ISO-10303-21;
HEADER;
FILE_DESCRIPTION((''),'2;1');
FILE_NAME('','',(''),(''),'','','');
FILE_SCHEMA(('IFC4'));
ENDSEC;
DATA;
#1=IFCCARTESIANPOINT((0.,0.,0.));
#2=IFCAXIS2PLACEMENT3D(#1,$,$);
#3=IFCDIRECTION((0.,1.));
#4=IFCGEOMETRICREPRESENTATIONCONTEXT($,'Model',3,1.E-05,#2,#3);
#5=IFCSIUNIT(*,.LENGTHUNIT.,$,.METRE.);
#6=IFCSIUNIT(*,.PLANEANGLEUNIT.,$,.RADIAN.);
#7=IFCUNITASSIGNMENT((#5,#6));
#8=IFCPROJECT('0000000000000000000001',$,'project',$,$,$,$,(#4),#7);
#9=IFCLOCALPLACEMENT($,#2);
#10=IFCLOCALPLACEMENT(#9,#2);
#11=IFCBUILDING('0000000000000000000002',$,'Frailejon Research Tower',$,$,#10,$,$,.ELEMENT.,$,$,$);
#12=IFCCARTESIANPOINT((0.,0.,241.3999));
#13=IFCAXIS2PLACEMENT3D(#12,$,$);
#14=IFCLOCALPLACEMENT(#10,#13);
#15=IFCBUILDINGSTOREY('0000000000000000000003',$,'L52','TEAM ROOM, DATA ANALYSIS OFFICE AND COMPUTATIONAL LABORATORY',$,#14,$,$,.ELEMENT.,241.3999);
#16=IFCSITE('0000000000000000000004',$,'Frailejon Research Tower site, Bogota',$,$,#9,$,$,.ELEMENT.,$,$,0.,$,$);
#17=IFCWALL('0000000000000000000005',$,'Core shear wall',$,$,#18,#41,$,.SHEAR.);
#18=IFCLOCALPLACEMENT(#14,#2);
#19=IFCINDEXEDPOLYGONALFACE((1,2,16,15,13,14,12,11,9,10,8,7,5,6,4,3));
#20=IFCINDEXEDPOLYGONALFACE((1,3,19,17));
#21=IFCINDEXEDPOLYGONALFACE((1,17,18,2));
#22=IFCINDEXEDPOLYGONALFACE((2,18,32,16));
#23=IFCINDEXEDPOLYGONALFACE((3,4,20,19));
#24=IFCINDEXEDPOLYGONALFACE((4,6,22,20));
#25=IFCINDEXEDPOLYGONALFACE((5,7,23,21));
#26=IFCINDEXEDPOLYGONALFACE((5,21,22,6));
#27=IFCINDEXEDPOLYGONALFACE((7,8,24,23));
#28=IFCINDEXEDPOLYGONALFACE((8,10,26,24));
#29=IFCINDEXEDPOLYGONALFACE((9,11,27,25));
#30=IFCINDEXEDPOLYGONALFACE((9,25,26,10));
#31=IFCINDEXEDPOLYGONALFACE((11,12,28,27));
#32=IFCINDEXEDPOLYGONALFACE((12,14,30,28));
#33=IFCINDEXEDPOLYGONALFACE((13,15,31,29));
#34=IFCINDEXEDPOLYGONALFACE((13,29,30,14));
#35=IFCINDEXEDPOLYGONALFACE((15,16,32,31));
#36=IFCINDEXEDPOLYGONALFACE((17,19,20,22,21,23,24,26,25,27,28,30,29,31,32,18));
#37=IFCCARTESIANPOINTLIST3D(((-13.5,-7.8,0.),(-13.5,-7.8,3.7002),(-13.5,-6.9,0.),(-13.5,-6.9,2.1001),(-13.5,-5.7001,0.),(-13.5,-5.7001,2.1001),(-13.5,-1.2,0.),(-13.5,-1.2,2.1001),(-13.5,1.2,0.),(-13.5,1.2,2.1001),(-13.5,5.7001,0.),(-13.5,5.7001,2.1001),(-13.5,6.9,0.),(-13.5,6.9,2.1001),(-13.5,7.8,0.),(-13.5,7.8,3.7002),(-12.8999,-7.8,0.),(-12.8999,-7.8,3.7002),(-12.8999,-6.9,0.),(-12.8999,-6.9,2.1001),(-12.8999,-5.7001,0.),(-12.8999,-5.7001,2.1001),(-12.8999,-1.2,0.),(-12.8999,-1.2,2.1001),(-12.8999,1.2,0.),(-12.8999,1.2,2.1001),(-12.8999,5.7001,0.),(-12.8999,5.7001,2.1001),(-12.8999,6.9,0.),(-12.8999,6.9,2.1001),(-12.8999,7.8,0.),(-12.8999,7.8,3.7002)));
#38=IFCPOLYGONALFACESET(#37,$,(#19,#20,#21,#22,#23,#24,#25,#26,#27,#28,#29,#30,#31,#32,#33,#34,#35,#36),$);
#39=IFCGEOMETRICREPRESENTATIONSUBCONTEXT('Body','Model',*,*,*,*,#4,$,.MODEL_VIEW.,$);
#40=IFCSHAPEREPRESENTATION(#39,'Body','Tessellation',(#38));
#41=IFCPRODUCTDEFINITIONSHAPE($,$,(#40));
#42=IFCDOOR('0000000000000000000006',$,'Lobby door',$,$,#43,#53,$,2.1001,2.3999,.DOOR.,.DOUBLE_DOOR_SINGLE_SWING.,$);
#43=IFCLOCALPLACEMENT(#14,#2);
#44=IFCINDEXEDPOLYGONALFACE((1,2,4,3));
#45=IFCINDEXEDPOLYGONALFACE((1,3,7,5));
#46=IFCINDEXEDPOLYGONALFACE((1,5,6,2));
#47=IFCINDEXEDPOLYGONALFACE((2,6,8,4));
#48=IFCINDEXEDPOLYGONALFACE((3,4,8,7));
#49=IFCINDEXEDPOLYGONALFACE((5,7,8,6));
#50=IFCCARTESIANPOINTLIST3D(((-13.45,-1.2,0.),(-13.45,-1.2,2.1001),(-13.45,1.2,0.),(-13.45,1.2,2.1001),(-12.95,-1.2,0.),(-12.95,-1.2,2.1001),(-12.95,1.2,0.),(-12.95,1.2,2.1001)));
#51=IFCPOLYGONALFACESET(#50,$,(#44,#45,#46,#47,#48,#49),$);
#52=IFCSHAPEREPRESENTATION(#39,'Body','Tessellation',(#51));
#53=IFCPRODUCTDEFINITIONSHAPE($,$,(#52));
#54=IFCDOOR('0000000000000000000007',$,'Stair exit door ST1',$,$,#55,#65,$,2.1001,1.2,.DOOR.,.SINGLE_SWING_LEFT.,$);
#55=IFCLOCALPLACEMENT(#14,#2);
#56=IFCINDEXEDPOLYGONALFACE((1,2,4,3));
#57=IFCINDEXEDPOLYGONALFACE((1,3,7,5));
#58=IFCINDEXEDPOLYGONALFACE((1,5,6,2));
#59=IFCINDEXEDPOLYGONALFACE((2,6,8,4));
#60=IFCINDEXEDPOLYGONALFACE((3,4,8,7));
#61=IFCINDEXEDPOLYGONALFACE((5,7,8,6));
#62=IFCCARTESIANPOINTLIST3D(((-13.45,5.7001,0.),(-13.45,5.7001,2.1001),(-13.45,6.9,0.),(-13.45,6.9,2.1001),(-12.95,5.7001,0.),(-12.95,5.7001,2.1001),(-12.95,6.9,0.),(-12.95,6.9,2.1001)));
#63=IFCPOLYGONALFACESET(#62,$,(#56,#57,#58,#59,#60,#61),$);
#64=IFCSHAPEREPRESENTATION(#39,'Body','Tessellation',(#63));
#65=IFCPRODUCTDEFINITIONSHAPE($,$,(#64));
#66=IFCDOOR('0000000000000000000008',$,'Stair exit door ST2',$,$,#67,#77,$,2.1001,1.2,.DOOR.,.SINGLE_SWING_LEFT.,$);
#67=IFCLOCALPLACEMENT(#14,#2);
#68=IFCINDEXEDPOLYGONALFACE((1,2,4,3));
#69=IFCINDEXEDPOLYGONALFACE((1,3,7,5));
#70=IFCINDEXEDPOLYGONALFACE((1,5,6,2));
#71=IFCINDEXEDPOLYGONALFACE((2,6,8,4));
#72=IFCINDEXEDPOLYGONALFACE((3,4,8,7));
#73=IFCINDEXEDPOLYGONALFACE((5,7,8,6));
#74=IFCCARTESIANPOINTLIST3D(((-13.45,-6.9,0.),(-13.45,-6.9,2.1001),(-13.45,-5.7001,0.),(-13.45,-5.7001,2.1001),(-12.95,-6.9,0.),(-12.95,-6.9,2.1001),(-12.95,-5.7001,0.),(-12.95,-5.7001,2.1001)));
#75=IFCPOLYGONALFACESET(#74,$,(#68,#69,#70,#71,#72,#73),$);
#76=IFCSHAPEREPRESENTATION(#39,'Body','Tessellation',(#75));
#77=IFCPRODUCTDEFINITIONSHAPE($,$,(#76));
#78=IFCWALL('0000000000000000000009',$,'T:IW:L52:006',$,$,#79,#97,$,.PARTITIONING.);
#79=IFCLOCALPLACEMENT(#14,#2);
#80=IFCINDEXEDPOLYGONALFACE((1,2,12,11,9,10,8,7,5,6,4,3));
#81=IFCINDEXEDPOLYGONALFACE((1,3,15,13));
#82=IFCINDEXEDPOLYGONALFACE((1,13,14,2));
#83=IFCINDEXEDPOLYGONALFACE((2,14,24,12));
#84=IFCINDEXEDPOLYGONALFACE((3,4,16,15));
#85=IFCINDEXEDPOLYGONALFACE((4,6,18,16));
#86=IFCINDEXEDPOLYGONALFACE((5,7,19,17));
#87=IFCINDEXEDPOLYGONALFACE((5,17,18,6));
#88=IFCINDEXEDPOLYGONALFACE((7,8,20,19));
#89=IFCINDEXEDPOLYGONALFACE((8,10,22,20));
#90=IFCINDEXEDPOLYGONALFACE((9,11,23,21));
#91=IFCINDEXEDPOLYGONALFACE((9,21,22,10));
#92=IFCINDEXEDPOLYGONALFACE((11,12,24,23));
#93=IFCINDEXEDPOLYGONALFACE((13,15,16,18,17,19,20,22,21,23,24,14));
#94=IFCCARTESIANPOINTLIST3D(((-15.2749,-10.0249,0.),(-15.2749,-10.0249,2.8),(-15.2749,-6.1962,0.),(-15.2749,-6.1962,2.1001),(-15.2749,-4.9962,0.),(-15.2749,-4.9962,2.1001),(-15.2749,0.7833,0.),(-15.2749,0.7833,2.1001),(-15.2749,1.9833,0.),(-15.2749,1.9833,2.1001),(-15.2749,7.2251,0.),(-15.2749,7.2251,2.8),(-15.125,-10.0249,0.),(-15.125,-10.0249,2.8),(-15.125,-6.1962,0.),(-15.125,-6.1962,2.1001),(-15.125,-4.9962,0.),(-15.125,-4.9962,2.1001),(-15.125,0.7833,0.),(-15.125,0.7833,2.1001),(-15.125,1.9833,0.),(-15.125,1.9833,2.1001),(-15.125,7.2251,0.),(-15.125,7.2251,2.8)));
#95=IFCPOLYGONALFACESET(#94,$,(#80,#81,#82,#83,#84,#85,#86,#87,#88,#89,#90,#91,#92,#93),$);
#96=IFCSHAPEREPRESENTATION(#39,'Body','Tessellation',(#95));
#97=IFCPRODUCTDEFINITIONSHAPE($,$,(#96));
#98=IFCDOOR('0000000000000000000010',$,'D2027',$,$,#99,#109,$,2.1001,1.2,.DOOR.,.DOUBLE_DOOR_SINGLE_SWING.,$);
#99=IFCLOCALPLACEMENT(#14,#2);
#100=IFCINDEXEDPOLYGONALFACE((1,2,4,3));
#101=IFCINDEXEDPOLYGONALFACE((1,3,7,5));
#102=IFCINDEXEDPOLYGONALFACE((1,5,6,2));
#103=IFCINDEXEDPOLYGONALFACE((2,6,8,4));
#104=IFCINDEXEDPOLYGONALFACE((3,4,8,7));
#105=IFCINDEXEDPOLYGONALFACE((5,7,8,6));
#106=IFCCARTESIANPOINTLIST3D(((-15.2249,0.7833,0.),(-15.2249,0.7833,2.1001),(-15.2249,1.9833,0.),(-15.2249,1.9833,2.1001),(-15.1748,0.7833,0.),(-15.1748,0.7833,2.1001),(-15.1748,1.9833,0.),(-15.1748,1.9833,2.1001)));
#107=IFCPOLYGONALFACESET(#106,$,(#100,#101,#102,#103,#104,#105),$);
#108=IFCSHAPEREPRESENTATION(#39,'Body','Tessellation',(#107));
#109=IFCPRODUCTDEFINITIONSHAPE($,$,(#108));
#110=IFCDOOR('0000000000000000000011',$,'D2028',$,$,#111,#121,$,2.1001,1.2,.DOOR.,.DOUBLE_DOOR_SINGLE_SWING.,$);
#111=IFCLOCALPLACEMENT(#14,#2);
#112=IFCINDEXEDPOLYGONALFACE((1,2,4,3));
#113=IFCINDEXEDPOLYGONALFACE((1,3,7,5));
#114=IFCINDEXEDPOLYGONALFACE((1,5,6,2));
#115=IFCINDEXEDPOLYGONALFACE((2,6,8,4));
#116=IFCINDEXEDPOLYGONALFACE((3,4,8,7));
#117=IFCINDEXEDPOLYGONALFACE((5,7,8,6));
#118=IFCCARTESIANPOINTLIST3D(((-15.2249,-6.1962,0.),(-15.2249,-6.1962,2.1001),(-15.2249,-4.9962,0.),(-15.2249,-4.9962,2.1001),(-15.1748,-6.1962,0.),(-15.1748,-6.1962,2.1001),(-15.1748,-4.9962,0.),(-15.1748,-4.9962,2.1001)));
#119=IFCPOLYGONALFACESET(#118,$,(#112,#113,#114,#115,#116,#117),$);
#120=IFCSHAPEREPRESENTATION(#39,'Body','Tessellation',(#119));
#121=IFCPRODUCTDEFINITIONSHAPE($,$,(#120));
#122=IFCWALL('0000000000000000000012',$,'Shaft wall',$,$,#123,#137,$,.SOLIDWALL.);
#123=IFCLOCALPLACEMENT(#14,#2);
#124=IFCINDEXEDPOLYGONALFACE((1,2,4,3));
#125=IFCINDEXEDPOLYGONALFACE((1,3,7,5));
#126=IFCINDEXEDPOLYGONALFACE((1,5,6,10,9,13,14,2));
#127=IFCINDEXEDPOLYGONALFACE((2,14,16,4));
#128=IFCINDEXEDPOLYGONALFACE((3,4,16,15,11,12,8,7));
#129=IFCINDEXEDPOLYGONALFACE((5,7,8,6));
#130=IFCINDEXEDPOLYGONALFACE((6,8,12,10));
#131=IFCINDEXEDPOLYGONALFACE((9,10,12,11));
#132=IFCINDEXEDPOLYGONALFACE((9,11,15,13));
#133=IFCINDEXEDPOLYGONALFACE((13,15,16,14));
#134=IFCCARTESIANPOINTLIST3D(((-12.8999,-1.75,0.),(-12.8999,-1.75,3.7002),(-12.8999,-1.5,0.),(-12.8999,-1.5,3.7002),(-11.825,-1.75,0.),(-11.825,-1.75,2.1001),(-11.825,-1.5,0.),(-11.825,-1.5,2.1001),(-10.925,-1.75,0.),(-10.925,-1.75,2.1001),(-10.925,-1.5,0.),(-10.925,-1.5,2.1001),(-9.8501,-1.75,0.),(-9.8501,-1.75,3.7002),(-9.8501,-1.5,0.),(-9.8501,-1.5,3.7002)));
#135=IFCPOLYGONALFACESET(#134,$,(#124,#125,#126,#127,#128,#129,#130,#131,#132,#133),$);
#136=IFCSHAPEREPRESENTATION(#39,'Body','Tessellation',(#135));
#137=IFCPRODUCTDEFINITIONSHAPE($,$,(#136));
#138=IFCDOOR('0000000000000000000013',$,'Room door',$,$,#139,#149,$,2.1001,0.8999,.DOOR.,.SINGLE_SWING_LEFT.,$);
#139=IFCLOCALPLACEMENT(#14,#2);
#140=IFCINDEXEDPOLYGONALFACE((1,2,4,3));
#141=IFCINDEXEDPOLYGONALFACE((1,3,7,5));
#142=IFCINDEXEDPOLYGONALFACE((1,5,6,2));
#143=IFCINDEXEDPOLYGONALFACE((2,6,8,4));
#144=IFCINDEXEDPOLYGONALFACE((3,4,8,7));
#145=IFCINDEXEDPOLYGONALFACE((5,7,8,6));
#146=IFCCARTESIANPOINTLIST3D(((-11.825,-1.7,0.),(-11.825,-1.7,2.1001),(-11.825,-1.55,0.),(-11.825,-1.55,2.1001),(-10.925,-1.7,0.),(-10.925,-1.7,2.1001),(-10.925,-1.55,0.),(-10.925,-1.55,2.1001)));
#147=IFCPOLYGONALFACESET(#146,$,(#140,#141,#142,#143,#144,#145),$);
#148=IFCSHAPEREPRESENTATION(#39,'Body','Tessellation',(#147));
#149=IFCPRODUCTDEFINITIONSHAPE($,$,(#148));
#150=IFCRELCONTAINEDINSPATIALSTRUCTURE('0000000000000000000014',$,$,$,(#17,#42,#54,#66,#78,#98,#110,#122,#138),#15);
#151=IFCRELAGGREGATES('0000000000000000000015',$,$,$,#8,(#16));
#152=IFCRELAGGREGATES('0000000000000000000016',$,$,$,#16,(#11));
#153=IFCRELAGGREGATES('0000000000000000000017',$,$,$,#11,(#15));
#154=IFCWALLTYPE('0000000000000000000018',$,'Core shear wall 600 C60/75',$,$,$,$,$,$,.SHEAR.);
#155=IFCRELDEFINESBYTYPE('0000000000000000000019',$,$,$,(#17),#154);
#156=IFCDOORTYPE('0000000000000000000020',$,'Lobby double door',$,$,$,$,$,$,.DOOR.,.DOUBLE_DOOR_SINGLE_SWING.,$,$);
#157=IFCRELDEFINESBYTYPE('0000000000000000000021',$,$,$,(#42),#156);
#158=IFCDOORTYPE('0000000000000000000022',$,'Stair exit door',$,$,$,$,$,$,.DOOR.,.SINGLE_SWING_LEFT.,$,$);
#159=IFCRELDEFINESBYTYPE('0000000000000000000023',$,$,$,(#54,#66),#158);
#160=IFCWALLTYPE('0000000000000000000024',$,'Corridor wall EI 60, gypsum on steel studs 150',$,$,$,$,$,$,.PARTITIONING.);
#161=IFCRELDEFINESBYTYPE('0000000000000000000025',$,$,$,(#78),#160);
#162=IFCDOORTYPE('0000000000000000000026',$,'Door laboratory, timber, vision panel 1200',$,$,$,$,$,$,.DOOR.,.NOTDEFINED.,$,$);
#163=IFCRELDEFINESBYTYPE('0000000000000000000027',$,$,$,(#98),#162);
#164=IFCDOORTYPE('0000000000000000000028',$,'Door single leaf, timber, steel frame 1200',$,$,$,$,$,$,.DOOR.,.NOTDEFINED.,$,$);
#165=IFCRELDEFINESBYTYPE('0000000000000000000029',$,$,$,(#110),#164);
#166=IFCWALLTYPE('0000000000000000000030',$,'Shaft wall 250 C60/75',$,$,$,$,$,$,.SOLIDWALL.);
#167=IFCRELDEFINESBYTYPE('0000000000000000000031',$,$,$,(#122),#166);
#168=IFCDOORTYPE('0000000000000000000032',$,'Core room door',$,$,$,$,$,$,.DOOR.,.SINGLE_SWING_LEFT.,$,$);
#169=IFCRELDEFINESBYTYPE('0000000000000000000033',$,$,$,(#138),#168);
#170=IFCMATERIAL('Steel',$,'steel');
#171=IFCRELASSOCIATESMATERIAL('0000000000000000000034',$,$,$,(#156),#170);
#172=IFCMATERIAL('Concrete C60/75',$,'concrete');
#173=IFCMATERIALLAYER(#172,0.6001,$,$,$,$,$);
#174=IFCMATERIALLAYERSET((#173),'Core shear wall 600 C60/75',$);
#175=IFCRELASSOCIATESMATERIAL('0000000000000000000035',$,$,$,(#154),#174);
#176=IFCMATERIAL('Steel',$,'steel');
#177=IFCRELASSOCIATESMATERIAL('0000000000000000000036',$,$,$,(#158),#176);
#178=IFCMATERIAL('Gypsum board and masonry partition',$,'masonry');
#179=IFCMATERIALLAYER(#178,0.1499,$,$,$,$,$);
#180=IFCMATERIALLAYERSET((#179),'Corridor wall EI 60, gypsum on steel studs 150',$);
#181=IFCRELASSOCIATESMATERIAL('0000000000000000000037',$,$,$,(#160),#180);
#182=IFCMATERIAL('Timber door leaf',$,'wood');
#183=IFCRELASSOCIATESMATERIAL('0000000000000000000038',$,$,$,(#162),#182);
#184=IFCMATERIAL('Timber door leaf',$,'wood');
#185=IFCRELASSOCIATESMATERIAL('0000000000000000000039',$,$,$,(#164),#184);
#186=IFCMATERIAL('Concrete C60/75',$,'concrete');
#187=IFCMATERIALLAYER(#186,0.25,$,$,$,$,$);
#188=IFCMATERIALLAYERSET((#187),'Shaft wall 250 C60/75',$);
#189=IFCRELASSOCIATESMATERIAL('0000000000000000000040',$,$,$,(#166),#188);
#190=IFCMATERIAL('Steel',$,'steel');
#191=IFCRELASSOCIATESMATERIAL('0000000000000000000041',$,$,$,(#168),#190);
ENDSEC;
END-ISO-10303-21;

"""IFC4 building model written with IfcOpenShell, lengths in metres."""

from ifc_helpers import new_model, si_unit, direction, frame, frame_2d, origin, place, context, subcontext, project, spatial, rectangle, extrude, material, layer, layer_set, type_object, element, fill, save


model = new_model("IFC4")

# Units and contexts
model_context = context("Model", 3, precision=1e-05, world=origin(), true_north=direction((0.0, 1.0)))
body_context = subcontext(model_context, "Body", "Model", "MODEL_VIEW")
ifc_project = project(units=[si_unit("LENGTHUNIT", "METRE"), si_unit("PLANEANGLEUNIT", "RADIAN")], contexts=[model_context])

# Site, building, storey
site_placement = place(None, origin())
site = spatial("IfcSite", under=ifc_project, at=site_placement, Name="Frailejon Research Tower site, Bogota", CompositionType="ELEMENT", RefElevation=0.0)
building_placement = place(site_placement, origin())
building = spatial("IfcBuilding", under=site, at=building_placement, Name="Frailejon Research Tower", CompositionType="ELEMENT")
storey_placement = place(building_placement, frame((0.0, 0.0, 241.3999)))
storey = spatial("IfcBuildingStorey", under=building, at=storey_placement, Name="L52", Description="TEAM ROOM, DATA ANALYSIS OFFICE AND COMPUTATIONAL LABORATORY", CompositionType="ELEMENT", Elevation=241.3999)

# Shared definitions
ifc_material_1 = material(Name="Steel", Category="steel")
door_type_1 = type_object("IfcDoorType", Name="Lobby double door", OperationType="DOUBLE_DOOR_SINGLE_SWING", PredefinedType="DOOR", material=ifc_material_1)

# Shared definitions
ifc_material_2 = material(Name="Concrete C60/75", Category="concrete")
ifc_layer_1 = layer(ifc_material_2, 0.6001)
ifc_layer_set_1 = layer_set([ifc_layer_1], Name="Core shear wall 600 C60/75")
wall_type_1 = type_object("IfcWallType", Name="Core shear wall 600 C60/75", PredefinedType="SHEAR", material=ifc_layer_set_1)

# Walls, openings, doors
wall_1_placement = place(storey_placement, frame((-13.2, -7.8, 0.0), z_axis=(0.0, 0.0, 1.0), x_axis=(0.0, 1.0, 0.0)))
wall_1 = element("IfcWall", 1, at=wall_1_placement, inside=storey, type_object=wall_type_1, Name="Core shear wall", PredefinedType="SHEAR", context=body_context, shape_type="SweptSolid", body=[
    extrude(rectangle(XDim=15.6001, YDim=0.6001, at=frame_2d((7.8, 0.0))), origin(), (0.0, 0.0, 1.0), 3.7002),
])
opening_1_placement = place(wall_1_placement, frame((6.6001, 0.0, 0.0)))
opening_1 = element("IfcOpeningElement", 2, at=opening_1_placement, cuts=wall_1, PredefinedType="OPENING", context=body_context, shape_type="SweptSolid", body=[
    extrude(rectangle(XDim=2.3999, YDim=2.1001, at=frame_2d((1.2, 1.05))), frame((0.0, 0.3101, 0.0), z_axis=(0.0, -1.0, 0.0), x_axis=(1.0, 0.0, 0.0)), (0.0, 0.0, 1.0), 0.6201),
])
opening_2_placement = place(wall_1_placement, frame((13.5, 0.0, 0.0)))
opening_2 = element("IfcOpeningElement", 3, at=opening_2_placement, cuts=wall_1, PredefinedType="OPENING", context=body_context, shape_type="SweptSolid", body=[
    extrude(rectangle(XDim=1.2, YDim=2.1001, at=frame_2d((0.6001, 1.05))), frame((0.0, 0.3101, 0.0), z_axis=(0.0, -1.0, 0.0), x_axis=(1.0, 0.0, 0.0)), (0.0, 0.0, 1.0), 0.6201),
])
opening_3_placement = place(wall_1_placement, frame((0.8999, 0.0, 0.0)))
opening_3 = element("IfcOpeningElement", 4, at=opening_3_placement, cuts=wall_1, PredefinedType="OPENING", context=body_context, shape_type="SweptSolid", body=[
    extrude(rectangle(XDim=1.2, YDim=2.1001, at=frame_2d((0.6001, 1.05))), frame((0.0, 0.3101, 0.0), z_axis=(0.0, -1.0, 0.0), x_axis=(1.0, 0.0, 0.0)), (0.0, 0.0, 1.0), 0.6201),
])
door_1_placement = place(opening_1_placement, origin())
door_1 = element("IfcDoor", 5, at=door_1_placement, inside=storey, type_object=door_type_1, Name="Lobby door", OperationType="DOUBLE_DOOR_SINGLE_SWING", OverallHeight=2.1001, OverallWidth=2.3999, PredefinedType="DOOR", context=body_context, shape_type="SweptSolid", body=[
    extrude(rectangle(XDim=2.3999, YDim=2.1001, at=frame_2d((1.2, 1.05))), frame((0.0, 0.25, 0.0), z_axis=(0.0, -1.0, 0.0), x_axis=(1.0, 0.0, 0.0)), (0.0, 0.0, 1.0), 0.5),
])
fill(opening_1, door_1)
ifc_material_3 = material(Name="Steel", Category="steel")
door_type_2 = type_object("IfcDoorType", Name="Stair exit door", OperationType="SINGLE_SWING_LEFT", PredefinedType="DOOR", material=ifc_material_3)
door_2_placement = place(opening_2_placement, origin())
door_2 = element("IfcDoor", 6, at=door_2_placement, inside=storey, type_object=door_type_2, Name="Stair exit door ST1", OperationType="SINGLE_SWING_LEFT", OverallHeight=2.1001, OverallWidth=1.2, PredefinedType="DOOR", context=body_context, shape_type="SweptSolid", body=[
    extrude(rectangle(XDim=1.2, YDim=2.1001, at=frame_2d((0.6001, 1.05))), frame((0.0, 0.25, 0.0), z_axis=(0.0, -1.0, 0.0), x_axis=(1.0, 0.0, 0.0)), (0.0, 0.0, 1.0), 0.5),
])
fill(opening_2, door_2)
door_3_placement = place(opening_3_placement, origin())
door_3 = element("IfcDoor", 7, at=door_3_placement, inside=storey, type_object=door_type_2, Name="Stair exit door ST2", OperationType="SINGLE_SWING_LEFT", OverallHeight=2.1001, OverallWidth=1.2, PredefinedType="DOOR", context=body_context, shape_type="SweptSolid", body=[
    extrude(rectangle(XDim=1.2, YDim=2.1001, at=frame_2d((0.6001, 1.05))), frame((0.0, 0.25, 0.0), z_axis=(0.0, -1.0, 0.0), x_axis=(1.0, 0.0, 0.0)), (0.0, 0.0, 1.0), 0.5),
])
fill(opening_3, door_3)
ifc_material_4 = material(Name="Gypsum board and masonry partition", Category="masonry")
ifc_layer_2 = layer(ifc_material_4, 0.1499)
ifc_layer_set_2 = layer_set([ifc_layer_2], Name="Corridor wall EI 60, gypsum on steel studs 150")
wall_type_2 = type_object("IfcWallType", Name="Corridor wall EI 60, gypsum on steel studs 150", PredefinedType="PARTITIONING", material=ifc_layer_set_2)
wall_2_placement = place(storey_placement, frame((-15.2, -10.0249, 0.0), z_axis=(0.0, 0.0, 1.0), x_axis=(0.0, 1.0, 0.0)))
wall_2 = element("IfcWall", 8, at=wall_2_placement, inside=storey, type_object=wall_type_2, Name="T:IW:L52:006", PredefinedType="PARTITIONING", context=body_context, shape_type="SweptSolid", body=[
    extrude(rectangle(XDim=17.25, YDim=0.1499, at=frame_2d((8.625, 0.0))), origin(), (0.0, 0.0, 1.0), 2.8),
])
opening_4_placement = place(wall_2_placement, frame((10.8081, 0.0, 0.0)))
opening_4 = element("IfcOpeningElement", 9, at=opening_4_placement, cuts=wall_2, PredefinedType="OPENING", context=body_context, shape_type="SweptSolid", body=[
    extrude(rectangle(XDim=1.2, YDim=2.1001, at=frame_2d((0.6001, 1.05))), frame((0.0, 0.085, 0.0), z_axis=(0.0, -1.0, 0.0), x_axis=(1.0, 0.0, 0.0)), (0.0, 0.0, 1.0), 0.1699),
])
opening_5_placement = place(wall_2_placement, frame((3.8286, 0.0, 0.0)))
opening_5 = element("IfcOpeningElement", 10, at=opening_5_placement, cuts=wall_2, PredefinedType="OPENING", context=body_context, shape_type="SweptSolid", body=[
    extrude(rectangle(XDim=1.2, YDim=2.1001, at=frame_2d((0.6001, 1.05))), frame((0.0, 0.085, 0.0), z_axis=(0.0, -1.0, 0.0), x_axis=(1.0, 0.0, 0.0)), (0.0, 0.0, 1.0), 0.1699),
])
ifc_material_5 = material(Name="Timber door leaf", Category="wood")
door_type_3 = type_object("IfcDoorType", Name="Door laboratory, timber, vision panel 1200", OperationType="NOTDEFINED", PredefinedType="DOOR", material=ifc_material_5)
door_4_placement = place(opening_4_placement, origin())
door_4 = element("IfcDoor", 11, at=door_4_placement, inside=storey, type_object=door_type_3, Name="D2027", OperationType="DOUBLE_DOOR_SINGLE_SWING", OverallHeight=2.1001, OverallWidth=1.2, PredefinedType="DOOR", context=body_context, shape_type="SweptSolid", body=[
    extrude(rectangle(XDim=1.2, YDim=2.1001, at=frame_2d((0.6001, 1.05))), frame((0.0, 0.0249, 0.0), z_axis=(0.0, -1.0, 0.0), x_axis=(1.0, 0.0, 0.0)), (0.0, 0.0, 1.0), 0.05),
])
fill(opening_4, door_4)
ifc_material_6 = material(Name="Timber door leaf", Category="wood")
door_type_4 = type_object("IfcDoorType", Name="Door single leaf, timber, steel frame 1200", OperationType="NOTDEFINED", PredefinedType="DOOR", material=ifc_material_6)
door_5_placement = place(opening_5_placement, origin())
door_5 = element("IfcDoor", 12, at=door_5_placement, inside=storey, type_object=door_type_4, Name="D2028", OperationType="DOUBLE_DOOR_SINGLE_SWING", OverallHeight=2.1001, OverallWidth=1.2, PredefinedType="DOOR", context=body_context, shape_type="SweptSolid", body=[
    extrude(rectangle(XDim=1.2, YDim=2.1001, at=frame_2d((0.6001, 1.05))), frame((0.0, 0.0249, 0.0), z_axis=(0.0, -1.0, 0.0), x_axis=(1.0, 0.0, 0.0)), (0.0, 0.0, 1.0), 0.05),
])
fill(opening_5, door_5)

# Wall, opening, door
ifc_material_7 = material(Name="Concrete C60/75", Category="concrete")
ifc_layer_3 = layer(ifc_material_7, 0.25)
ifc_layer_set_3 = layer_set([ifc_layer_3], Name="Shaft wall 250 C60/75")
wall_type_3 = type_object("IfcWallType", Name="Shaft wall 250 C60/75", PredefinedType="SOLIDWALL", material=ifc_layer_set_3)
wall_3_placement = place(storey_placement, frame((-12.8999, -1.625, 0.0), z_axis=(0.0, 0.0, 1.0), x_axis=(1.0, 0.0, 0.0)))
wall_3 = element("IfcWall", 13, at=wall_3_placement, inside=storey, type_object=wall_type_3, Name="Shaft wall", PredefinedType="SOLIDWALL", context=body_context, shape_type="SweptSolid", body=[
    extrude(rectangle(XDim=3.0498, YDim=0.25, at=frame_2d((1.5249, 0.0))), origin(), (0.0, 0.0, 1.0), 3.7002),
])
opening_6_placement = place(wall_3_placement, frame((1.075, 0.0, 0.0)))
opening_6 = element("IfcOpeningElement", 14, at=opening_6_placement, cuts=wall_3, PredefinedType="OPENING", context=body_context, shape_type="SweptSolid", body=[
    extrude(rectangle(XDim=0.8999, YDim=2.1001, at=frame_2d((0.45, 1.05))), frame((0.0, 0.135, 0.0), z_axis=(0.0, -1.0, 0.0), x_axis=(1.0, 0.0, 0.0)), (0.0, 0.0, 1.0), 0.27),
])
ifc_material_8 = material(Name="Steel", Category="steel")
door_type_5 = type_object("IfcDoorType", Name="Core room door", OperationType="SINGLE_SWING_LEFT", PredefinedType="DOOR", material=ifc_material_8)
door_6_placement = place(opening_6_placement, origin())
door_6 = element("IfcDoor", 15, at=door_6_placement, inside=storey, type_object=door_type_5, Name="Room door", OperationType="SINGLE_SWING_LEFT", OverallHeight=2.1001, OverallWidth=0.8999, PredefinedType="DOOR", context=body_context, shape_type="SweptSolid", body=[
    extrude(rectangle(XDim=0.8999, YDim=2.1001, at=frame_2d((0.45, 1.05))), frame((0.0, 0.075, 0.0), z_axis=(0.0, -1.0, 0.0), x_axis=(1.0, 0.0, 0.0)), (0.0, 0.0, 1.0), 0.1499),
])
fill(opening_6, door_6)

save(model, "model.ifc")
